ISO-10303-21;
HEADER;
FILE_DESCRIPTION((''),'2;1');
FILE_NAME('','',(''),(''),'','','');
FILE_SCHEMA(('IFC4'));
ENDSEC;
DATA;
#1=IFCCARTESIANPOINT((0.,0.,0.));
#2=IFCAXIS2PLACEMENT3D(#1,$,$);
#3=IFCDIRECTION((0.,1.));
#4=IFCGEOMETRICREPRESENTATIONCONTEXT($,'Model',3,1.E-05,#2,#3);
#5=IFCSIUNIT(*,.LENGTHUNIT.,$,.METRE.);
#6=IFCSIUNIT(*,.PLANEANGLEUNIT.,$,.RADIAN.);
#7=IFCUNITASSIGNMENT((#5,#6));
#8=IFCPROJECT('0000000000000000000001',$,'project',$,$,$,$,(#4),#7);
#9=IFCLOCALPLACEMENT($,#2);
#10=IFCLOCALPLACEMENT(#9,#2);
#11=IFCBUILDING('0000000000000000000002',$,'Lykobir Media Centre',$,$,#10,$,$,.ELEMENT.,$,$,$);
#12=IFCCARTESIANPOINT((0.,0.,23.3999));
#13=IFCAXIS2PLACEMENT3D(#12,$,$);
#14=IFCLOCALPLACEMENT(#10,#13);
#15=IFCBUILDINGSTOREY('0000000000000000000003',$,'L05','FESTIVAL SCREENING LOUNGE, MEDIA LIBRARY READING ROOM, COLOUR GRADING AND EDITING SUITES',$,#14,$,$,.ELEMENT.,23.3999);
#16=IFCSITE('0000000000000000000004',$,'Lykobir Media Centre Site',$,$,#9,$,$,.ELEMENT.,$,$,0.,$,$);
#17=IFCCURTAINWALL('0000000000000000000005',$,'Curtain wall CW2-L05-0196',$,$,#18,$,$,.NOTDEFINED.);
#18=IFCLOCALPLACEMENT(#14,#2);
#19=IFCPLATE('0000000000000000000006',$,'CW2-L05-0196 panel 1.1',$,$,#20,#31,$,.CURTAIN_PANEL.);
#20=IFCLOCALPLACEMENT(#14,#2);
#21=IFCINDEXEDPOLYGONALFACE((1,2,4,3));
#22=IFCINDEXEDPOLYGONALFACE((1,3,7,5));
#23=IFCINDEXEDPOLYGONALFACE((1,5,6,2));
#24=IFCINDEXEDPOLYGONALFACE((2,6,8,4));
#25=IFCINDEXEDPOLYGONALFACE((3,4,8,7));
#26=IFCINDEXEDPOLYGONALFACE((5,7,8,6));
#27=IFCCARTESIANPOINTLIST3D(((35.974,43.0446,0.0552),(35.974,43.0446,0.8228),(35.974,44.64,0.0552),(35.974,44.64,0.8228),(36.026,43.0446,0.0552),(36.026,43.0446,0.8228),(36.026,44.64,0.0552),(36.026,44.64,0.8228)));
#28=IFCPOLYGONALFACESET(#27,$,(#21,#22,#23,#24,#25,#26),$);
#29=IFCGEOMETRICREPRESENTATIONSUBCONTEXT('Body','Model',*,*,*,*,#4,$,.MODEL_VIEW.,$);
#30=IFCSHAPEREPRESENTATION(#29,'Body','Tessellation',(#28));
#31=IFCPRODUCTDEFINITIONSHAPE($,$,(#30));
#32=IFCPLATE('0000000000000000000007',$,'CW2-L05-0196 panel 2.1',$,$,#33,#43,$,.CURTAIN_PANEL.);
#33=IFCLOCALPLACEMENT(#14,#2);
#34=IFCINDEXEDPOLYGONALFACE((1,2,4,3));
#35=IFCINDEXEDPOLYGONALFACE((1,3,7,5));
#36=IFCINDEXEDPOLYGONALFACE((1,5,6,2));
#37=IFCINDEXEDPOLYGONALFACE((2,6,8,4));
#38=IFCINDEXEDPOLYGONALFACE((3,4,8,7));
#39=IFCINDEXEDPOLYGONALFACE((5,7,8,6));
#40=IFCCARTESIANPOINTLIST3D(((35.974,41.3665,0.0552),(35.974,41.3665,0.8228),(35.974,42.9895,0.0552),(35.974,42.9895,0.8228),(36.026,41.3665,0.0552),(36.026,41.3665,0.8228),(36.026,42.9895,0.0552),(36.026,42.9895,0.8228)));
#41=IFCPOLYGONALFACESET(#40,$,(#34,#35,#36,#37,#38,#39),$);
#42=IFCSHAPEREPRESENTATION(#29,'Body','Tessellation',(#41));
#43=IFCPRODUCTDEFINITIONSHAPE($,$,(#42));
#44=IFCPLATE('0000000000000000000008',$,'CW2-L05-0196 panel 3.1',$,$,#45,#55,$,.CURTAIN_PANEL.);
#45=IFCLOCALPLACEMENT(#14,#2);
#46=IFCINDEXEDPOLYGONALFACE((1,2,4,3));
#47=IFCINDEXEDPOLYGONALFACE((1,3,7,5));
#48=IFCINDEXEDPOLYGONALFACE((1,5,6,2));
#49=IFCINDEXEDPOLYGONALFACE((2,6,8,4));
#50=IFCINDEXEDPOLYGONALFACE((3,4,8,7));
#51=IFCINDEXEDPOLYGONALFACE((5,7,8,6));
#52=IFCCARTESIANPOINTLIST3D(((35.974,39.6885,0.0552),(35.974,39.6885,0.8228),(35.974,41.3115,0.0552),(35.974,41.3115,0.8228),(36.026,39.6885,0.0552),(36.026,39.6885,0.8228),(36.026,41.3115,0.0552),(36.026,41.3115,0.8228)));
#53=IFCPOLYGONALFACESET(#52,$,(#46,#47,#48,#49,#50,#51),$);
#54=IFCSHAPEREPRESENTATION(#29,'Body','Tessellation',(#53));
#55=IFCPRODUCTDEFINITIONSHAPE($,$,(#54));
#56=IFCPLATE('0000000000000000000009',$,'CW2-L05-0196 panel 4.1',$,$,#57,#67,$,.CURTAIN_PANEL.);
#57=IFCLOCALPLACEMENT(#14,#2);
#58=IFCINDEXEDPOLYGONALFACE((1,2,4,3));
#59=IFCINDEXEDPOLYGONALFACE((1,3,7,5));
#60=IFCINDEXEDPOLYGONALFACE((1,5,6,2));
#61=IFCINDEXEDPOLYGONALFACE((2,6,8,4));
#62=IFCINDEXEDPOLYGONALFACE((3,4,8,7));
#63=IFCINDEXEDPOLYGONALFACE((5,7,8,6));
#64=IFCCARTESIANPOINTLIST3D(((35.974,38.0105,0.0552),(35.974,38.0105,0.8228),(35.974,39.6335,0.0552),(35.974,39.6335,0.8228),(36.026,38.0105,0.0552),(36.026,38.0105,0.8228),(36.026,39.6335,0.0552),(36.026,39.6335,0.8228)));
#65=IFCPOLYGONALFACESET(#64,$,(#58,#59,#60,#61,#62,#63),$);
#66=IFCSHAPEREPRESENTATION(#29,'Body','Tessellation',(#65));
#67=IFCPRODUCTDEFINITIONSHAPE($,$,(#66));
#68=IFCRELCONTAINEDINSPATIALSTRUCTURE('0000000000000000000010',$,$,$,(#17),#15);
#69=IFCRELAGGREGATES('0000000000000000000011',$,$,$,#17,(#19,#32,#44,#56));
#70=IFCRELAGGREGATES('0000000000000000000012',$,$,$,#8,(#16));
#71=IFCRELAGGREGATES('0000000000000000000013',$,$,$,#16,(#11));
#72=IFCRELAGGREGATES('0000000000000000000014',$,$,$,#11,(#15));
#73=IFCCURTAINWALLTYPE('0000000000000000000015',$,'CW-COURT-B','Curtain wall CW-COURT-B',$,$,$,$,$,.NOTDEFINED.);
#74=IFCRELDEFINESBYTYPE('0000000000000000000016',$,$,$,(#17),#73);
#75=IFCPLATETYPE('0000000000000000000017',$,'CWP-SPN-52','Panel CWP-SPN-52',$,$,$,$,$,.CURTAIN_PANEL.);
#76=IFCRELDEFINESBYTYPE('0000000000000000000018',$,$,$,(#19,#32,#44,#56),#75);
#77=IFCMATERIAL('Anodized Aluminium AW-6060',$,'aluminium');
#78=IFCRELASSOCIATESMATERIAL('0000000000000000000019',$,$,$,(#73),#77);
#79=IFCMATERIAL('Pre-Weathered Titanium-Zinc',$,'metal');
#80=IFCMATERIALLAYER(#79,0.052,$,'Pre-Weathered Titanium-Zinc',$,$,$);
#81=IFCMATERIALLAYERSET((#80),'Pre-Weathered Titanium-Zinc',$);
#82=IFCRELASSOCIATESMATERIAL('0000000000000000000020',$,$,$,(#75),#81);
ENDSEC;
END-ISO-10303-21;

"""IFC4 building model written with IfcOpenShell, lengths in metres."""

from ifc_helpers import new_model, si_unit, direction, frame, origin, origin_2d, place, context, subcontext, project, spatial, rectangle, extrude, material, layer, layer_set, type_object, element, aggregate, save


model = new_model("IFC4")

# Units and contexts
model_context = context("Model", 3, precision=1e-05, world=origin(), true_north=direction((0.0, 1.0)))
body_context = subcontext(model_context, "Body", "Model", "MODEL_VIEW")
ifc_project = project(units=[si_unit("LENGTHUNIT", "METRE"), si_unit("PLANEANGLEUNIT", "RADIAN")], contexts=[model_context])

# Site, building, storey
site_placement = place(None, origin())
site = spatial("IfcSite", under=ifc_project, at=site_placement, Name="Lykobir Media Centre Site", CompositionType="ELEMENT", RefElevation=0.0)
building_placement = place(site_placement, origin())
building = spatial("IfcBuilding", under=site, at=building_placement, Name="Lykobir Media Centre", CompositionType="ELEMENT")
storey_placement = place(building_placement, frame((0.0, 0.0, 23.3999)))
storey = spatial("IfcBuildingStorey", under=building, at=storey_placement, Name="L05", Description="FESTIVAL SCREENING LOUNGE, MEDIA LIBRARY READING ROOM, COLOUR GRADING AND EDITING SUITES", CompositionType="ELEMENT", Elevation=23.3999)

# Curtain wall, plates
ifc_material_1 = material(Name="Anodized Aluminium AW-6060", Category="aluminium")
curtain_wall_type = type_object("IfcCurtainWallType", Name="CW-COURT-B", Description="Curtain wall CW-COURT-B", PredefinedType="NOTDEFINED", material=ifc_material_1)
curtain_wall_placement = place(storey_placement, origin())
curtain_wall = element("IfcCurtainWall", 1, at=curtain_wall_placement, inside=storey, type_object=curtain_wall_type, Name="Curtain wall CW2-L05-0196", PredefinedType="NOTDEFINED")
ifc_material_2 = material(Name="Pre-Weathered Titanium-Zinc", Category="metal")
ifc_layer_1 = layer(ifc_material_2, 0.052, Name="Pre-Weathered Titanium-Zinc")
ifc_layer_set_1 = layer_set([ifc_layer_1], Name="Pre-Weathered Titanium-Zinc")
plate_type_1 = type_object("IfcPlateType", Name="CWP-SPN-52", Description="Panel CWP-SPN-52", PredefinedType="CURTAIN_PANEL", material=ifc_layer_set_1)
plate_1_placement = place(storey_placement, frame((36.0, 43.8423, 0.0552), z_axis=(0.0, 0.0, 1.0), x_axis=(0.0, -1.0, 0.0)))
plate_1 = element("IfcPlate", 2, at=plate_1_placement, type_object=plate_type_1, Name="CW2-L05-0196 panel 1.1", PredefinedType="CURTAIN_PANEL", context=body_context, shape_type="SweptSolid", body=[
    extrude(rectangle(XDim=1.5955, YDim=0.052, at=origin_2d()), origin(), (0.0, 0.0, 1.0), 0.7676),
])
plate_2_placement = place(storey_placement, frame((36.0, 42.178, 0.0552), z_axis=(0.0, 0.0, 1.0), x_axis=(0.0, -1.0, 0.0)))
plate_2 = element("IfcPlate", 3, at=plate_2_placement, type_object=plate_type_1, Name="CW2-L05-0196 panel 2.1", PredefinedType="CURTAIN_PANEL", context=body_context, shape_type="SweptSolid", body=[
    extrude(rectangle(XDim=1.623, YDim=0.052, at=origin_2d()), origin(), (0.0, 0.0, 1.0), 0.7676),
])
plate_3_placement = place(storey_placement, frame((36.0, 40.5, 0.0552), z_axis=(0.0, 0.0, 1.0), x_axis=(0.0, -1.0, 0.0)))
plate_3 = element("IfcPlate", 4, at=plate_3_placement, type_object=plate_type_1, Name="CW2-L05-0196 panel 3.1", PredefinedType="CURTAIN_PANEL", context=body_context, shape_type="SweptSolid", body=[
    extrude(rectangle(XDim=1.623, YDim=0.052, at=origin_2d()), origin(), (0.0, 0.0, 1.0), 0.7676),
])
plate_4_placement = place(storey_placement, frame((36.0, 38.822, 0.0552), z_axis=(0.0, 0.0, 1.0), x_axis=(0.0, -1.0, 0.0)))
plate_4 = element("IfcPlate", 5, at=plate_4_placement, type_object=plate_type_1, Name="CW2-L05-0196 panel 4.1", PredefinedType="CURTAIN_PANEL", context=body_context, shape_type="SweptSolid", body=[
    extrude(rectangle(XDim=1.623, YDim=0.052, at=origin_2d()), origin(), (0.0, 0.0, 1.0), 0.7676),
])
aggregate(curtain_wall, [plate_1, plate_2, plate_3, plate_4])

save(model, "model.ifc")
